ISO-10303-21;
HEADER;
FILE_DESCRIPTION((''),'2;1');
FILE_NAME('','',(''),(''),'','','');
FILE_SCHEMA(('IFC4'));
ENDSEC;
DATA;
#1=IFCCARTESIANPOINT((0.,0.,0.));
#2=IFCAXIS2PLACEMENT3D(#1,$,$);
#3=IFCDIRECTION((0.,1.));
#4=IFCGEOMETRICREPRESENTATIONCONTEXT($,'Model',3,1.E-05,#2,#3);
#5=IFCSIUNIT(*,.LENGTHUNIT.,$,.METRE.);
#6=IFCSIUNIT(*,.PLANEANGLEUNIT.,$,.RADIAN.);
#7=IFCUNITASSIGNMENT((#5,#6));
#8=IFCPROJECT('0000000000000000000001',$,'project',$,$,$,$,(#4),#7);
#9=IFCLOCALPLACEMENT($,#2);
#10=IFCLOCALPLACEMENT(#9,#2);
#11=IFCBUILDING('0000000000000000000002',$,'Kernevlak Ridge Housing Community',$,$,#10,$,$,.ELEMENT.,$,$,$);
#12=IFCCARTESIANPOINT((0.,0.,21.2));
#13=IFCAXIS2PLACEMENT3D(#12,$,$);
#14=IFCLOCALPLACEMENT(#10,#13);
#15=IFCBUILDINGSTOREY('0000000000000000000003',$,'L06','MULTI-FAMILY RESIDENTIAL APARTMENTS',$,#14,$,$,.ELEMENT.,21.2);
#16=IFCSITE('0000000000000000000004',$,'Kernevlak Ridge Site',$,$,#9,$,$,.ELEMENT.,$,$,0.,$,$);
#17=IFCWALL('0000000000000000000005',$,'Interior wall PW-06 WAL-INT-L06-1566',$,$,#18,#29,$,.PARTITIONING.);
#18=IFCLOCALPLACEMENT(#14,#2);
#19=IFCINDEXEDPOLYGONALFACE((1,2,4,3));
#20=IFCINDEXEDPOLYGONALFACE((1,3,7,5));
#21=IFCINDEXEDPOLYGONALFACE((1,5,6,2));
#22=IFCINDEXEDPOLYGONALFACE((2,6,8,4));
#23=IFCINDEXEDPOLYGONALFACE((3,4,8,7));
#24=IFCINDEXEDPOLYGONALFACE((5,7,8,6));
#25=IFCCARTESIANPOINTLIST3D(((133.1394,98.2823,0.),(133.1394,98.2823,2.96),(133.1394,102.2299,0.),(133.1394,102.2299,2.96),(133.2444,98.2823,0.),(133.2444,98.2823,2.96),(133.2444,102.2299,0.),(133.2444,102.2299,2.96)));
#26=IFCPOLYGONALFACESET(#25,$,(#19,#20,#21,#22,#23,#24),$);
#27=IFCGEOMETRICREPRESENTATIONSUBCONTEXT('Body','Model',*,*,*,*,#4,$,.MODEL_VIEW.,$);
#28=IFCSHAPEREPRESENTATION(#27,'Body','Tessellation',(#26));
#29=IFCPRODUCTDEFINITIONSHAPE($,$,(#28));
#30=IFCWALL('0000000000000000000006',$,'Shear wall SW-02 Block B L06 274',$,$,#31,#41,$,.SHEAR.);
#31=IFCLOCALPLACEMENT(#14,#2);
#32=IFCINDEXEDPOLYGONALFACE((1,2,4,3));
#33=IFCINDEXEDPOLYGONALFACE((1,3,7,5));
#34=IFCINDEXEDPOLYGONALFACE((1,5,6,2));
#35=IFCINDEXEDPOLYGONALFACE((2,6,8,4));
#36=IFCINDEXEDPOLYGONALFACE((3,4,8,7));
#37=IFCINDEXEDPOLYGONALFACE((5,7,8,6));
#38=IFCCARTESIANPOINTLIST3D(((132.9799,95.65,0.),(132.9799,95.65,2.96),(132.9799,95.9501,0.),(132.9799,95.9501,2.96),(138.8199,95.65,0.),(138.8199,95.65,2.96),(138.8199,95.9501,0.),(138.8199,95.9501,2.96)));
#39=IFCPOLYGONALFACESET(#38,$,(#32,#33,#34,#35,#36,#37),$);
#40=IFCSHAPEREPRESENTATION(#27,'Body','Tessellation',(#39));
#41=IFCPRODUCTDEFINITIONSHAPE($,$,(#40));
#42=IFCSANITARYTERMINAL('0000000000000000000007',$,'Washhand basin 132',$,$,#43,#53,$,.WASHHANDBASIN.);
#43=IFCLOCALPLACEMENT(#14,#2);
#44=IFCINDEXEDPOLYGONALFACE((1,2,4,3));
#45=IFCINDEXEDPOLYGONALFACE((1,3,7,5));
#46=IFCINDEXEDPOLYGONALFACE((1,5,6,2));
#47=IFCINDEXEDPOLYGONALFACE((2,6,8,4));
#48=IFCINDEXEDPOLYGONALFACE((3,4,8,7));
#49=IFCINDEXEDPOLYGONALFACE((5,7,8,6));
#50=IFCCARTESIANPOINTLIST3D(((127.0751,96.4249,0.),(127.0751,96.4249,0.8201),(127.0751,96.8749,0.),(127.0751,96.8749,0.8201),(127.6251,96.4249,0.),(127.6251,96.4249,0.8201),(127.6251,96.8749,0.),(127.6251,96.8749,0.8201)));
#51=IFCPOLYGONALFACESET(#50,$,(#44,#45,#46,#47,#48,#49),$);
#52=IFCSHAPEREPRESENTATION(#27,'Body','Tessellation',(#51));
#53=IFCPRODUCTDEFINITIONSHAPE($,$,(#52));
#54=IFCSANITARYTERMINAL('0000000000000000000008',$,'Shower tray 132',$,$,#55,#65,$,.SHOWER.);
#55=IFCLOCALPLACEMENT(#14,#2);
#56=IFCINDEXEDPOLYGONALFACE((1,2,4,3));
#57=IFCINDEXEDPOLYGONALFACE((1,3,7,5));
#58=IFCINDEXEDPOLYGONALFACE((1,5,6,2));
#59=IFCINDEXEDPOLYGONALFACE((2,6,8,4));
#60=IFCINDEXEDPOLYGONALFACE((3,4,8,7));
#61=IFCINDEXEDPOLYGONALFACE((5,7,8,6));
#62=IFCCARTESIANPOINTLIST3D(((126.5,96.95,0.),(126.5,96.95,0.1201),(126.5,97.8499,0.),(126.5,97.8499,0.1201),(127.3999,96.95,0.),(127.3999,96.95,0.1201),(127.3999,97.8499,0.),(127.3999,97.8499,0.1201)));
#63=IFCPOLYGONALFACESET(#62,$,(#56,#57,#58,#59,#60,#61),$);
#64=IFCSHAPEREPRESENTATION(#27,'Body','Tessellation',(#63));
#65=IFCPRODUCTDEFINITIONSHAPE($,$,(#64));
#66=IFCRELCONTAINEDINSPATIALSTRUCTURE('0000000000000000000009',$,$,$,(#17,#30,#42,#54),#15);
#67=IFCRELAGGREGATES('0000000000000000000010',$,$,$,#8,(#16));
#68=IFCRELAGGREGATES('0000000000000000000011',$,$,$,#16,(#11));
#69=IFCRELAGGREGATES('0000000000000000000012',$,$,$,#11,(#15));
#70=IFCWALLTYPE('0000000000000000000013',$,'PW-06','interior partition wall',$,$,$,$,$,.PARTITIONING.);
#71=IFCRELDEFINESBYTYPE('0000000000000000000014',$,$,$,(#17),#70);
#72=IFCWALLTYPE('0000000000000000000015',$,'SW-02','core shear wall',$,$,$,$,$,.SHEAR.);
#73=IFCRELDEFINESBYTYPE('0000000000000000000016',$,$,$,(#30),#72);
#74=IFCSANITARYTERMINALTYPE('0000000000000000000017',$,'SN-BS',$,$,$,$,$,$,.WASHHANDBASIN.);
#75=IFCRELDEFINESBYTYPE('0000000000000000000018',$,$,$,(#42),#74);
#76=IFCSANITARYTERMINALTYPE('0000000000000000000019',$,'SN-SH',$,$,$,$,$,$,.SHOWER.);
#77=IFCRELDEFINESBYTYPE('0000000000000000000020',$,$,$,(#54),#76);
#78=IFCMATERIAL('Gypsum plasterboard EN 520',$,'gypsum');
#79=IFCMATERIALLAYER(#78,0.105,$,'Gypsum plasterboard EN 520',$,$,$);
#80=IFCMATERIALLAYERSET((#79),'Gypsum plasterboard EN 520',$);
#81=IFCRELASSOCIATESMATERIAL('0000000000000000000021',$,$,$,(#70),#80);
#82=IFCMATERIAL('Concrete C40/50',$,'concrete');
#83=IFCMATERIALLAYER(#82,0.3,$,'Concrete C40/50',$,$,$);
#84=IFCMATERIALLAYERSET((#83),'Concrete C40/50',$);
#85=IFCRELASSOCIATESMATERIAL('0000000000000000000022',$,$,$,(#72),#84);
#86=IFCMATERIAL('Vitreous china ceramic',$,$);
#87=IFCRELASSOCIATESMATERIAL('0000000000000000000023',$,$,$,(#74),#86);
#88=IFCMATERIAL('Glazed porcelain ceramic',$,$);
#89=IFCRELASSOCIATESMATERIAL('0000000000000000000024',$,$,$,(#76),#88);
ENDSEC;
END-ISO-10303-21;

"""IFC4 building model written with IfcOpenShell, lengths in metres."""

from ifc_helpers import new_model, si_unit, direction, frame, frame_2d, origin, origin_2d, place, context, subcontext, project, spatial, rectangle, extrude, material, layer, layer_set, type_object, element, save


model = new_model("IFC4")

# Units and contexts
model_context = context("Model", 3, precision=1e-05, world=origin(), true_north=direction((0.0, 1.0)))
body_context = subcontext(model_context, "Body", "Model", "MODEL_VIEW")
ifc_project = project(units=[si_unit("LENGTHUNIT", "METRE"), si_unit("PLANEANGLEUNIT", "RADIAN")], contexts=[model_context])

# Site, building, storey
site_placement = place(None, origin())
site = spatial("IfcSite", under=ifc_project, at=site_placement, Name="Kernevlak Ridge Site", CompositionType="ELEMENT", RefElevation=0.0)
building_placement = place(site_placement, origin())
building = spatial("IfcBuilding", under=site, at=building_placement, Name="Kernevlak Ridge Housing Community", CompositionType="ELEMENT")
storey_placement = place(building_placement, frame((0.0, 0.0, 21.2)))
storey = spatial("IfcBuildingStorey", under=building, at=storey_placement, Name="L06", Description="MULTI-FAMILY RESIDENTIAL APARTMENTS", CompositionType="ELEMENT", Elevation=21.2)

# Shared definitions
ifc_material_1 = material(Name="Concrete C40/50", Category="concrete")

# Shared definitions
ifc_material_2 = material(Name="Gypsum plasterboard EN 520", Category="gypsum")

# Walls
ifc_layer_1 = layer(ifc_material_2, 0.105, Name="Gypsum plasterboard EN 520")
ifc_layer_set_1 = layer_set([ifc_layer_1], Name="Gypsum plasterboard EN 520")
wall_type_1 = type_object("IfcWallType", Name="PW-06", Description="interior partition wall", PredefinedType="PARTITIONING", material=ifc_layer_set_1)
wall_1_placement = place(storey_placement, frame((133.1919, 98.2825, 0.0), z_axis=(0.0, 0.0, 1.0), x_axis=(0.0, 1.0, 0.0)))
element("IfcWall", 1, at=wall_1_placement, inside=storey, type_object=wall_type_1, Name="Interior wall PW-06 WAL-INT-L06-1566", PredefinedType="PARTITIONING", context=body_context, shape_type="SweptSolid", body=[
    extrude(rectangle(XDim=3.9475, YDim=0.105, at=frame_2d((1.9736, 0.0))), origin(), (0.0, 0.0, 1.0), 2.96),
])
ifc_layer_2 = layer(ifc_material_1, 0.3, Name="Concrete C40/50")
ifc_layer_set_2 = layer_set([ifc_layer_2], Name="Concrete C40/50")
wall_type_2 = type_object("IfcWallType", Name="SW-02", Description="core shear wall", PredefinedType="SHEAR", material=ifc_layer_set_2)
wall_2_placement = place(storey_placement, frame((132.98, 95.8, 0.0), z_axis=(0.0, 0.0, 1.0), x_axis=(1.0, 0.0, 0.0)))
element("IfcWall", 2, at=wall_2_placement, inside=storey, type_object=wall_type_2, Name="Shear wall SW-02 Block B L06 274", PredefinedType="SHEAR", context=body_context, shape_type="SweptSolid", body=[
    extrude(rectangle(XDim=5.8401, YDim=0.3, at=frame_2d((2.9199, 0.0))), origin(), (0.0, 0.0, 1.0), 2.96),
])

# Sanitary terminals
ifc_material_3 = material(Name="Vitreous china ceramic")
sanitary_terminal_type_1 = type_object("IfcSanitaryTerminalType", Name="SN-BS", PredefinedType="WASHHANDBASIN", material=ifc_material_3)
sanitary_terminal_1_placement = place(storey_placement, frame((127.3501, 96.6499, 0.0), z_axis=(0.0, 0.0, 1.0), x_axis=(1.0, 0.0, 0.0)))
element("IfcSanitaryTerminal", 3, at=sanitary_terminal_1_placement, inside=storey, type_object=sanitary_terminal_type_1, Name="Washhand basin 132", PredefinedType="WASHHANDBASIN", context=body_context, shape_type="SweptSolid", body=[
    extrude(rectangle(XDim=0.55, YDim=0.45, at=origin_2d()), origin(), (0.0, 0.0, 1.0), 0.8201),
])
ifc_material_4 = material(Name="Glazed porcelain ceramic")
sanitary_terminal_type_2 = type_object("IfcSanitaryTerminalType", Name="SN-SH", PredefinedType="SHOWER", material=ifc_material_4)
sanitary_terminal_2_placement = place(storey_placement, frame((126.95, 97.3999, 0.0), z_axis=(0.0, 0.0, 1.0), x_axis=(1.0, 0.0, 0.0)))
element("IfcSanitaryTerminal", 4, at=sanitary_terminal_2_placement, inside=storey, type_object=sanitary_terminal_type_2, Name="Shower tray 132", PredefinedType="SHOWER", context=body_context, shape_type="SweptSolid", body=[
    extrude(rectangle(XDim=0.8999, YDim=0.8999, at=origin_2d()), origin(), (0.0, 0.0, 1.0), 0.1201),
])

save(model, "model.ifc")
